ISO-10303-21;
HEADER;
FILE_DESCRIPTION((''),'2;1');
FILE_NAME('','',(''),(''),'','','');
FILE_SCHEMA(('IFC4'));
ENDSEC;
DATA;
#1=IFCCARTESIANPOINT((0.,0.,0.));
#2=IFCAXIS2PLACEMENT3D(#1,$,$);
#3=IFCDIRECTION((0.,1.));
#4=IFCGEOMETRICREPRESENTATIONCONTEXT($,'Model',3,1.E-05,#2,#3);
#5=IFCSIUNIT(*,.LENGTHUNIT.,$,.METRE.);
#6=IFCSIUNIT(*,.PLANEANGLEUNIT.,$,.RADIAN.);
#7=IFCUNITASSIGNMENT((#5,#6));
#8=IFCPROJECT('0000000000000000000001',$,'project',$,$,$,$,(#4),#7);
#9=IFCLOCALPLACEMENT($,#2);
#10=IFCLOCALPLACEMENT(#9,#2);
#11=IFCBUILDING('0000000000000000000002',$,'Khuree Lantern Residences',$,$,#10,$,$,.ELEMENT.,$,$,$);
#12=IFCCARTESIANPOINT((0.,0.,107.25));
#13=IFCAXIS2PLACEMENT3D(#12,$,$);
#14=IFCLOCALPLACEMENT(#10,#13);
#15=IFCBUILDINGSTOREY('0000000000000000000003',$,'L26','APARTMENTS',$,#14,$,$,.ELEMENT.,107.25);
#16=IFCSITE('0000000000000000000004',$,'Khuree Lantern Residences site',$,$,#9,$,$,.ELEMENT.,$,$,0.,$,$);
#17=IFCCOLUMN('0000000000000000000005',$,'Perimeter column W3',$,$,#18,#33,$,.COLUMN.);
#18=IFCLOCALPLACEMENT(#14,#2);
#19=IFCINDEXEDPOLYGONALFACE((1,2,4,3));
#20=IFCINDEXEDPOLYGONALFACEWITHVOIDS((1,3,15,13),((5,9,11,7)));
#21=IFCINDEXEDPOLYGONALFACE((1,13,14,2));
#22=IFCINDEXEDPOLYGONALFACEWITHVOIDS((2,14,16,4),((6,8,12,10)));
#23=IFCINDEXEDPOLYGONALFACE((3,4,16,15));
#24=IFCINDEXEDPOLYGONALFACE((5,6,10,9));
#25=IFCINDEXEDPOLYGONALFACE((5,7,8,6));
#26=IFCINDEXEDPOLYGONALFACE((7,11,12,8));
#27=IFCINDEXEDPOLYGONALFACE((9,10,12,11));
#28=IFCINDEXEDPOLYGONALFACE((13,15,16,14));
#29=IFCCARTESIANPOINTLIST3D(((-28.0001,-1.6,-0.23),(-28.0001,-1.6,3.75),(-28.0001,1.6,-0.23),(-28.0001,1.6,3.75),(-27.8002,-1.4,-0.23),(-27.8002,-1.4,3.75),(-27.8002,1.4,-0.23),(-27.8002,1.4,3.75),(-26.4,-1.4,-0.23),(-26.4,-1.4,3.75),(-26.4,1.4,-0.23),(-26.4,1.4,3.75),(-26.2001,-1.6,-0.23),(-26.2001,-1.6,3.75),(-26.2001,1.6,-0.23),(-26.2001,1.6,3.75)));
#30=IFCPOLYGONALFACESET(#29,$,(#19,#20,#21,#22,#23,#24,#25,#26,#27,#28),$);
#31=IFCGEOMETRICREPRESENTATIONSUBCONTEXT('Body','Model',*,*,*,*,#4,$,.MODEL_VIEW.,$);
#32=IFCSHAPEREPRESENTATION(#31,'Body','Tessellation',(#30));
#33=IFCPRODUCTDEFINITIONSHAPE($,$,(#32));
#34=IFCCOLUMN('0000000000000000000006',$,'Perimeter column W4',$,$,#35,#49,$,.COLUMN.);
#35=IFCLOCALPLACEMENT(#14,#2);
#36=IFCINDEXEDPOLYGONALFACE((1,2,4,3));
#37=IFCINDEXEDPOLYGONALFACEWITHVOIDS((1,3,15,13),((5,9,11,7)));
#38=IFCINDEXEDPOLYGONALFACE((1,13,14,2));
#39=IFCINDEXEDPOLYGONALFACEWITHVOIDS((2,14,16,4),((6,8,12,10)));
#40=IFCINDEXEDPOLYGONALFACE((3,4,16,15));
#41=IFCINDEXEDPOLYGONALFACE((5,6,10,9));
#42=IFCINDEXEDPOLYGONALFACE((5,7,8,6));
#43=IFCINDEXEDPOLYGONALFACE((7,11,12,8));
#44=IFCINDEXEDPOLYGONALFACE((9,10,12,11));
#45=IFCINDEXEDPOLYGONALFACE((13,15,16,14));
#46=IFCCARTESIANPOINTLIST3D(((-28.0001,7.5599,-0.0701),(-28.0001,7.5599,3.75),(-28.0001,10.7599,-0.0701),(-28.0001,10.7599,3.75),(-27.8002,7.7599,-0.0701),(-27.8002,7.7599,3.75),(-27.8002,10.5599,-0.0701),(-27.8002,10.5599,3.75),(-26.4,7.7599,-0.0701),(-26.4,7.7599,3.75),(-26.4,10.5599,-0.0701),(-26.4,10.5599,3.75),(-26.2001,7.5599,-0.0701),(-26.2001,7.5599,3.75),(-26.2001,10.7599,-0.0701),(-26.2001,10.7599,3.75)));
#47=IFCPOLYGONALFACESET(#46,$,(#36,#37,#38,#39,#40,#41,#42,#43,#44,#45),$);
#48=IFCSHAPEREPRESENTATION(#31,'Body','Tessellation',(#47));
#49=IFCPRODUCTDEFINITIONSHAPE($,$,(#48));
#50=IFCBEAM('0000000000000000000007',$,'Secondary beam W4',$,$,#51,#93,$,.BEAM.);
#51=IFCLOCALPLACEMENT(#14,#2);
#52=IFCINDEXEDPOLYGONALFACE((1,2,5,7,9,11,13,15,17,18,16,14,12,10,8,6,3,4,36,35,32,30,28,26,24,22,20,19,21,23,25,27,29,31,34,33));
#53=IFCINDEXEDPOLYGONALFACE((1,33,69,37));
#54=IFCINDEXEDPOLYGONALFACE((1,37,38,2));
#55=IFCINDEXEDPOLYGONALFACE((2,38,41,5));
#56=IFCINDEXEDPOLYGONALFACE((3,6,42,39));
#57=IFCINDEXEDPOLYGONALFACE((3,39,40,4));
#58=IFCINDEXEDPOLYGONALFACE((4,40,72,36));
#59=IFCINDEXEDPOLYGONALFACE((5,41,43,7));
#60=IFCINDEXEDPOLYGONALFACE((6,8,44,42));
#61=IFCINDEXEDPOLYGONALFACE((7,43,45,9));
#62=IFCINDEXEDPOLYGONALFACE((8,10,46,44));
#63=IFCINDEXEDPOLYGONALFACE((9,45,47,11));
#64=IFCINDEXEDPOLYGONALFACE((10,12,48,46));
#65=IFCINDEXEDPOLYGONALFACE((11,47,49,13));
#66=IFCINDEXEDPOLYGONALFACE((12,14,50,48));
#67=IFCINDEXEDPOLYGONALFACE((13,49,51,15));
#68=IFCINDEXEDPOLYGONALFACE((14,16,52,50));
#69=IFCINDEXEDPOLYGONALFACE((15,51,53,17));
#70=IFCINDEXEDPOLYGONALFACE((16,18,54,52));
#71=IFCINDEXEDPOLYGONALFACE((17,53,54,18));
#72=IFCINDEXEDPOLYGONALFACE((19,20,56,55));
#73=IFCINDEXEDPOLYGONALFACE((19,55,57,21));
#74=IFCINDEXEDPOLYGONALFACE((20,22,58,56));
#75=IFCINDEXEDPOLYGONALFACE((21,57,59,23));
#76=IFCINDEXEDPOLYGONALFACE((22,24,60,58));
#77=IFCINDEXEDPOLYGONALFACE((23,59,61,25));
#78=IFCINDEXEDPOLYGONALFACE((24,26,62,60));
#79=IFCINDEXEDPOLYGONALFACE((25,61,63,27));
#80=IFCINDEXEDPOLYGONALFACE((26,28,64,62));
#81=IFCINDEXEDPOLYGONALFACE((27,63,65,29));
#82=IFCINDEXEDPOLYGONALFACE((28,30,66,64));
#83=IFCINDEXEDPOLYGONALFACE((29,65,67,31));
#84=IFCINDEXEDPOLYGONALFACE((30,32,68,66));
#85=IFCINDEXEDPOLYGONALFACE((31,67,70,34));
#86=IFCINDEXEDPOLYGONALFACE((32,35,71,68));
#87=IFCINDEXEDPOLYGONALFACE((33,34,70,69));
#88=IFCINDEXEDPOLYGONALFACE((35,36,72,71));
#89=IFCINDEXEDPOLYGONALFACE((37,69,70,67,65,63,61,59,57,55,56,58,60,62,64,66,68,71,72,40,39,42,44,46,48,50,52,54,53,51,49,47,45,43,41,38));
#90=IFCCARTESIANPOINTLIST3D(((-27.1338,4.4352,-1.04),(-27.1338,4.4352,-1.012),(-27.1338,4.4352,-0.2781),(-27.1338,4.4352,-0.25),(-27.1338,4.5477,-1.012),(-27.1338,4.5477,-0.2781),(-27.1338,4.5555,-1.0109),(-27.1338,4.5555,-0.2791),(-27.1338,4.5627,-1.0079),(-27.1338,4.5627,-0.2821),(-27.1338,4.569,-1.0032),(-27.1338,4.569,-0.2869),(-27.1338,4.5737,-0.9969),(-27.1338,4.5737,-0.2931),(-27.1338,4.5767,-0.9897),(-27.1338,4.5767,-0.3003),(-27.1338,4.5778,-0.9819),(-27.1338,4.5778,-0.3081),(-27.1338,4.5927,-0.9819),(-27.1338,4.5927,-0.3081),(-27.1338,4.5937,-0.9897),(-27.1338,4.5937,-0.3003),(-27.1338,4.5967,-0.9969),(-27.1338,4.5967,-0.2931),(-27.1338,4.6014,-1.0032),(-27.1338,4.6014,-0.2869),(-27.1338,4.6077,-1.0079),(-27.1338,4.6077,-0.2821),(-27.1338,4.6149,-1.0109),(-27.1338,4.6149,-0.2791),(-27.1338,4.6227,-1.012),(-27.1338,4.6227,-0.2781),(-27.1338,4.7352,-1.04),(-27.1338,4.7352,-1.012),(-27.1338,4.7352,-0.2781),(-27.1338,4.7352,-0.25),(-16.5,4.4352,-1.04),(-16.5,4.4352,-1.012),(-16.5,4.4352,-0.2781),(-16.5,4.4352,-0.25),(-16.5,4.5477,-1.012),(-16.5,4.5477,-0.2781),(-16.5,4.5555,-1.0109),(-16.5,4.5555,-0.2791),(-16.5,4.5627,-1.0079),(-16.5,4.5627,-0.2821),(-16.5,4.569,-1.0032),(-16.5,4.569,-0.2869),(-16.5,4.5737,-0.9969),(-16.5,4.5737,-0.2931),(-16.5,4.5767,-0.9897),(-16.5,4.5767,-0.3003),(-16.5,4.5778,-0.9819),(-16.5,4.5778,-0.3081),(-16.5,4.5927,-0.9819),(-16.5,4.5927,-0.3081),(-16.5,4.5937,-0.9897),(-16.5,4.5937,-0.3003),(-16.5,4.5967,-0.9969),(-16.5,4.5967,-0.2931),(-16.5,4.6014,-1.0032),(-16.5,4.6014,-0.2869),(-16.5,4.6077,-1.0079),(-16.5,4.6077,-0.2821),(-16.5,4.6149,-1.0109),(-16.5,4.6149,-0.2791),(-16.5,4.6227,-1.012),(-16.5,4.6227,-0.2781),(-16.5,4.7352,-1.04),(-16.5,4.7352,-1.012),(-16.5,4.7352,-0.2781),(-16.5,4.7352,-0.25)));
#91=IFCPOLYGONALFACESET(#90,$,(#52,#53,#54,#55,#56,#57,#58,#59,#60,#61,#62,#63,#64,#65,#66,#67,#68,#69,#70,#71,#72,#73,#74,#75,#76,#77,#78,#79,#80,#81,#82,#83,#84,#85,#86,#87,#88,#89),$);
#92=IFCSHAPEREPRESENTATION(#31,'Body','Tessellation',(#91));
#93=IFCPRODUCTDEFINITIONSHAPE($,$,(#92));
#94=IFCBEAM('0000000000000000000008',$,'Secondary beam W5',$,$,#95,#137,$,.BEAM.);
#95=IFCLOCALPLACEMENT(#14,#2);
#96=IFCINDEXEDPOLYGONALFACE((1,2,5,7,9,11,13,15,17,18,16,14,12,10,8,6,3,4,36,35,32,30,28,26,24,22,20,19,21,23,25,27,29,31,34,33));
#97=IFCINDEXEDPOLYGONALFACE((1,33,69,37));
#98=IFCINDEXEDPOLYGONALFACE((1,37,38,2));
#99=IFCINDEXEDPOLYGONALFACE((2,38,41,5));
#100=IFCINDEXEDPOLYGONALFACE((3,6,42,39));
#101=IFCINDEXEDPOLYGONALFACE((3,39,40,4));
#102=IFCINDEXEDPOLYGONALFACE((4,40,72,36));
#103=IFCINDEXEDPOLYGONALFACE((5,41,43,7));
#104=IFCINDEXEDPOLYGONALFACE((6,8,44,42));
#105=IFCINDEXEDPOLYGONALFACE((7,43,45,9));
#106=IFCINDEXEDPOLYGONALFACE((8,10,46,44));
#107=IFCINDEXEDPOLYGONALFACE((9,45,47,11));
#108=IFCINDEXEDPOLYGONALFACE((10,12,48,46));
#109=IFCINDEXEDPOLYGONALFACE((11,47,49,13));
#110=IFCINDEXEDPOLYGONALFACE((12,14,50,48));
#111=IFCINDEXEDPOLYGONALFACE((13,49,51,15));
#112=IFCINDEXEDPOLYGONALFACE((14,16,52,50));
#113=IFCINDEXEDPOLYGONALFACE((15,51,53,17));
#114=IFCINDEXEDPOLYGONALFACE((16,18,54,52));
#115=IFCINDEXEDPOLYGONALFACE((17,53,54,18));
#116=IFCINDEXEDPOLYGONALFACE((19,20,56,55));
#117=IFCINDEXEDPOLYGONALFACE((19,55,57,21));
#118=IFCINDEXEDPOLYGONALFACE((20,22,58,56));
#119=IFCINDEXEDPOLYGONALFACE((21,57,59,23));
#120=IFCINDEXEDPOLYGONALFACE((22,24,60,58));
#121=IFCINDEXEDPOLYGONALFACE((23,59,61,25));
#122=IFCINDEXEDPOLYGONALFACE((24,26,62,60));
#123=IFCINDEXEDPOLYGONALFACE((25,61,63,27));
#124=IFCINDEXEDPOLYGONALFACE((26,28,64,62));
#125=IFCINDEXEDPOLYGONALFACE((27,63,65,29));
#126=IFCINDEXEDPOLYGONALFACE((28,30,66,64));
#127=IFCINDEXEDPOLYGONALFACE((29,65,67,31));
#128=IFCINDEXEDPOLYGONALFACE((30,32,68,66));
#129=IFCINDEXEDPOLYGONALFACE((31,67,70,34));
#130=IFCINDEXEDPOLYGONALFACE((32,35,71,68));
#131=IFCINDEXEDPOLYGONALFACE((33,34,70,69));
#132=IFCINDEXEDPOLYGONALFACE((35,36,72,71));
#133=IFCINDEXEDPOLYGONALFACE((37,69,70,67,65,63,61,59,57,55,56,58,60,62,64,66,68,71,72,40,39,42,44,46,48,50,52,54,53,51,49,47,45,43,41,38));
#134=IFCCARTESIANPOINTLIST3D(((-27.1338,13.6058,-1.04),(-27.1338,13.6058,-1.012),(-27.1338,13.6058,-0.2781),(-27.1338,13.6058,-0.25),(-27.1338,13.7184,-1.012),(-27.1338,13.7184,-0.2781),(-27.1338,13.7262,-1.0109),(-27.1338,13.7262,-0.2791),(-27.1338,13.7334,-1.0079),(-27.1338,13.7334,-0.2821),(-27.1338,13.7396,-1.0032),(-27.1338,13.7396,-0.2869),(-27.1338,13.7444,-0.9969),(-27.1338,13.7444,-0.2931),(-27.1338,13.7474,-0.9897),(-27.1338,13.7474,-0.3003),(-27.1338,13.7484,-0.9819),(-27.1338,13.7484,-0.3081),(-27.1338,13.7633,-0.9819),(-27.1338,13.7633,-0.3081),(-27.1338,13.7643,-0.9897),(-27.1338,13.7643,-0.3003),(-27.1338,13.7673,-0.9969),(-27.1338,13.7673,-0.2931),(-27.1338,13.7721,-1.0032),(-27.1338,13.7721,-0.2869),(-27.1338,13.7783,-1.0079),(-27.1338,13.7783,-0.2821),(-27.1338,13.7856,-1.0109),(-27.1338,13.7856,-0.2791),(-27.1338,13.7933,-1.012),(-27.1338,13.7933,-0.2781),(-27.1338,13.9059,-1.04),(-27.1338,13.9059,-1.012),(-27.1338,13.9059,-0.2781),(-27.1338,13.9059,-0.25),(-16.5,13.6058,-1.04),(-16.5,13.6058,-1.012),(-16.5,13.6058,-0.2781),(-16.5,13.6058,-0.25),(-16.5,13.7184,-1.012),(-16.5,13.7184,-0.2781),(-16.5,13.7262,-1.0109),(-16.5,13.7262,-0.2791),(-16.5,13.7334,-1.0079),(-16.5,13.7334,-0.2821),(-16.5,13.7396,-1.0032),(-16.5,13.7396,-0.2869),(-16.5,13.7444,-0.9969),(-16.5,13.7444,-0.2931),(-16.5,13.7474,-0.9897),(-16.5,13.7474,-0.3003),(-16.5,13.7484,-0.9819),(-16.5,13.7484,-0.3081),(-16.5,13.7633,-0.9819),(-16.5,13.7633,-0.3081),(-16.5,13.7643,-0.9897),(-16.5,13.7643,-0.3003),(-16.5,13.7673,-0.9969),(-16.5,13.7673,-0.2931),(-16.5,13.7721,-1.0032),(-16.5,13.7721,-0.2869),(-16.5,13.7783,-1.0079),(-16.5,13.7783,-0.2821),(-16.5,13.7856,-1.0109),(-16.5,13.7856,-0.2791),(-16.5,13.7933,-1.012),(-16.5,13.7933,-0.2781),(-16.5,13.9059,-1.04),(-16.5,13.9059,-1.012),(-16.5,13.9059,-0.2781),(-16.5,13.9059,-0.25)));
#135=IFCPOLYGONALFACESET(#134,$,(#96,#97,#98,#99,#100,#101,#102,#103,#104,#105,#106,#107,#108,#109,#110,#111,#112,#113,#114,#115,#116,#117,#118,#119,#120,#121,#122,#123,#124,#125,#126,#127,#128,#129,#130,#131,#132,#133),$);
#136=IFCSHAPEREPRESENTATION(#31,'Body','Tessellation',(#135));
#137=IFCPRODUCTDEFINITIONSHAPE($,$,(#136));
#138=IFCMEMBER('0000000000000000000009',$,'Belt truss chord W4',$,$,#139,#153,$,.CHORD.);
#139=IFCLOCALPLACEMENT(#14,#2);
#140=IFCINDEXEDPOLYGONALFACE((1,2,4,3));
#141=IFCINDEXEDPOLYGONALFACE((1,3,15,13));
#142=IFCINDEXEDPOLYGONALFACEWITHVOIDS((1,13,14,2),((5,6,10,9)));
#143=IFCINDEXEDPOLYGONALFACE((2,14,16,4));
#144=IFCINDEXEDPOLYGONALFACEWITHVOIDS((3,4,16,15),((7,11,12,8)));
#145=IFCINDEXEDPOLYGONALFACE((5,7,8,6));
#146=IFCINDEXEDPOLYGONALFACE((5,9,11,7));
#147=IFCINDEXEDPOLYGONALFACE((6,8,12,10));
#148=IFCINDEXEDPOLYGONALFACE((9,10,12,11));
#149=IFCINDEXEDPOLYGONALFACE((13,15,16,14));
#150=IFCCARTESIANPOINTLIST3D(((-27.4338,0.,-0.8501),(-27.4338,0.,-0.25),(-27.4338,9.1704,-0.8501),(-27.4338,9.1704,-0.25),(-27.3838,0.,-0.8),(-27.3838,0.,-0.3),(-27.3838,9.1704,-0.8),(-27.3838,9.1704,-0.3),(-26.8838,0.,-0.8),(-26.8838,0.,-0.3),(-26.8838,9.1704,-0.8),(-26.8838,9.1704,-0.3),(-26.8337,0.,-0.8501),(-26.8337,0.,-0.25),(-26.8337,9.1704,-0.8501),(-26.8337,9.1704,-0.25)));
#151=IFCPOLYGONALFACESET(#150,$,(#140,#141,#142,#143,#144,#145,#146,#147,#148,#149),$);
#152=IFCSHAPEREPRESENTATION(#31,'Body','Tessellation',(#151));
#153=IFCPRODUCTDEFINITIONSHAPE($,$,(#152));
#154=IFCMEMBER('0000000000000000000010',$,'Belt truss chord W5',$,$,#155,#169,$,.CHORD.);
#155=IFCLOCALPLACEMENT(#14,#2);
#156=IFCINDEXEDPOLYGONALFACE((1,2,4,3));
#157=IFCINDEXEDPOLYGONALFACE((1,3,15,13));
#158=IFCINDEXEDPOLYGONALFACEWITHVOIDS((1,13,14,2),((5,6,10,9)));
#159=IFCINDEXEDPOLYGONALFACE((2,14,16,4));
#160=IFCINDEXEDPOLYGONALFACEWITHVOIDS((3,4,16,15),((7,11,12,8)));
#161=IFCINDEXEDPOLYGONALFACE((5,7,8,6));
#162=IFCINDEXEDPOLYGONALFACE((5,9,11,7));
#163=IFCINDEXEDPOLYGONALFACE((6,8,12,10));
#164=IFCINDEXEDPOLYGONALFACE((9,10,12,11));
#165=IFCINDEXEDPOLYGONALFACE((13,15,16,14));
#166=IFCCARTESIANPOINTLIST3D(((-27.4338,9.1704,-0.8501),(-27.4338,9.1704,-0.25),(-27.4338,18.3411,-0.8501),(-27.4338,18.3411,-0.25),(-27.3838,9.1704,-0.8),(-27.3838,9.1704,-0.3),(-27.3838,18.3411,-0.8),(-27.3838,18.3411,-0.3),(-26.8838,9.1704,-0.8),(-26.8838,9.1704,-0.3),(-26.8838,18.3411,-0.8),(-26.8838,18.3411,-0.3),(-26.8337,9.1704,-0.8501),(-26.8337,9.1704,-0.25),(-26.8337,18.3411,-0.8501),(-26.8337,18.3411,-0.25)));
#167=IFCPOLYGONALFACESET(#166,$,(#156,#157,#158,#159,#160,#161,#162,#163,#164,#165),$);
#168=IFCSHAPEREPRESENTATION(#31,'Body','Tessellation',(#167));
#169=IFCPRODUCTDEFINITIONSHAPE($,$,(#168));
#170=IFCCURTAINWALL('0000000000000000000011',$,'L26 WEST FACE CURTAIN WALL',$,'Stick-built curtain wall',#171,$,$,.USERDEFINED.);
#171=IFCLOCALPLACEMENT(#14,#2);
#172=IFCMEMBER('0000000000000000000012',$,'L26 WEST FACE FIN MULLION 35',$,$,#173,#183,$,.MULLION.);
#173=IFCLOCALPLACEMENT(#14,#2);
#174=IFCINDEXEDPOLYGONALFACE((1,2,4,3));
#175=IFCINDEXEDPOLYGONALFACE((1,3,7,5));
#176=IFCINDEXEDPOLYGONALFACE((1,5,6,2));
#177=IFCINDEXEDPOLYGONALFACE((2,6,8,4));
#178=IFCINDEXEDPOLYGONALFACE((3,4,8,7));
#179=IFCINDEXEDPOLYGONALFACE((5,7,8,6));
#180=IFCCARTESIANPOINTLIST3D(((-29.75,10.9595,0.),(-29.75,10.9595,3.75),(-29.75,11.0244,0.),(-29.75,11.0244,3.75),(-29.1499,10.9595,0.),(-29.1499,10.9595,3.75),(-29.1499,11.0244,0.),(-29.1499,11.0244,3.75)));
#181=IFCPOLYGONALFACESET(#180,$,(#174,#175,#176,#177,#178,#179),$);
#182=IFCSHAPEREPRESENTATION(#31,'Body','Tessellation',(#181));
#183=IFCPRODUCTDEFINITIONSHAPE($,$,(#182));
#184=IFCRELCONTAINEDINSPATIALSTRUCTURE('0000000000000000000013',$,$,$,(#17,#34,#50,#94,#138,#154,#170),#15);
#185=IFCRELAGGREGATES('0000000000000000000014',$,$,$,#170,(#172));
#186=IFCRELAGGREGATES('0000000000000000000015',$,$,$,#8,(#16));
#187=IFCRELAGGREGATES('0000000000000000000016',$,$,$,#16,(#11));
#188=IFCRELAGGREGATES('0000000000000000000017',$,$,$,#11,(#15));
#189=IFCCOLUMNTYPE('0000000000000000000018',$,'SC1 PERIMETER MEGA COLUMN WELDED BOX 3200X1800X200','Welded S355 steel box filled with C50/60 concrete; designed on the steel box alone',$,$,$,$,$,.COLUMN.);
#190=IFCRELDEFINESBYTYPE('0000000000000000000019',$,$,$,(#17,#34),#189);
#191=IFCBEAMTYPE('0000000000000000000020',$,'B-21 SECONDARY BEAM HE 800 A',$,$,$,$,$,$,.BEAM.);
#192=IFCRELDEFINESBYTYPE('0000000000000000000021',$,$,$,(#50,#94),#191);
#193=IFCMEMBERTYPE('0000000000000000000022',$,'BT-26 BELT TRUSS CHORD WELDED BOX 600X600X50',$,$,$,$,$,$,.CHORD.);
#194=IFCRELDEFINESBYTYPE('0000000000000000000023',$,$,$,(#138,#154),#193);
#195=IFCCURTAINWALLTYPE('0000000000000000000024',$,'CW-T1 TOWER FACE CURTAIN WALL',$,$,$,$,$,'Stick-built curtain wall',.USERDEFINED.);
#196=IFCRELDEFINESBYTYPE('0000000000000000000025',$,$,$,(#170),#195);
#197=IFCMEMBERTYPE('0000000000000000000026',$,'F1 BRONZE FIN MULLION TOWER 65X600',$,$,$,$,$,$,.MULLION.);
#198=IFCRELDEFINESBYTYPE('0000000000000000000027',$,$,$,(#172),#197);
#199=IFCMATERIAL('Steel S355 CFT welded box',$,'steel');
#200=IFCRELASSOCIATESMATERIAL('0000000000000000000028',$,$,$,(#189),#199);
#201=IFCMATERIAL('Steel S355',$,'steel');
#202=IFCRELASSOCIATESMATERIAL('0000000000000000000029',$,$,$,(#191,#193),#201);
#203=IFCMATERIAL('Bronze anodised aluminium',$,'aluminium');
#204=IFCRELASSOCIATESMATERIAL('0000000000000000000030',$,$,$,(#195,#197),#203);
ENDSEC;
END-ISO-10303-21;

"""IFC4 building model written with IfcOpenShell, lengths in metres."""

from ifc_helpers import new_model, si_unit, direction, frame, origin, origin_2d, place, context, subcontext, project, spatial, rectangle, hollow_rectangle, i_section, extrude, material, material_profile, profile_set, type_object, element, aggregate, save


model = new_model("IFC4")

# Units and contexts
model_context = context("Model", 3, precision=1e-05, world=origin(), true_north=direction((0.0, 1.0)))
body_context = subcontext(model_context, "Body", "Model", "MODEL_VIEW")
ifc_project = project(units=[si_unit("LENGTHUNIT", "METRE"), si_unit("PLANEANGLEUNIT", "RADIAN")], contexts=[model_context])

# Site, building, storey
site_placement = place(None, origin())
site = spatial("IfcSite", under=ifc_project, at=site_placement, Name="Khuree Lantern Residences site", CompositionType="ELEMENT", RefElevation=0.0)
building_placement = place(site_placement, origin())
building = spatial("IfcBuilding", under=site, at=building_placement, Name="Khuree Lantern Residences", CompositionType="ELEMENT")
storey_placement = place(building_placement, frame((0.0, 0.0, 107.25)))
storey = spatial("IfcBuildingStorey", under=building, at=storey_placement, Name="L26", Description="APARTMENTS", CompositionType="ELEMENT", Elevation=107.25)

# Columns
ifc_material_1 = material(Name="Steel S355 CFT welded box", Category="steel")
ifc_material_profile_1 = material_profile(ifc_material_1, hollow_rectangle(XDim=3.2, YDim=1.8, WallThickness=0.2, at=origin_2d()), Name="WELDED BOX 3200X1800X200")
ifc_profile_set_1 = profile_set([ifc_material_profile_1], Name="Steel S355 CFT welded box")
column_type = type_object("IfcColumnType", Name="SC1 PERIMETER MEGA COLUMN WELDED BOX 3200X1800X200", Description="Welded S355 steel box filled with C50/60 concrete; designed on the steel box alone", PredefinedType="COLUMN", material=ifc_profile_set_1)
column_1_placement = place(storey_placement, frame((-27.1001, 0.0, -0.23), z_axis=(0.0, 0.0, 1.0), x_axis=(0.0, 1.0, 0.0)))
element("IfcColumn", 1, at=column_1_placement, inside=storey, type_object=column_type, Name="Perimeter column W3", PredefinedType="COLUMN", context=body_context, shape_type="SweptSolid", body=[
    extrude(hollow_rectangle(XDim=3.2, YDim=1.8, WallThickness=0.2, at=origin_2d()), origin(), (0.0, 0.0, 1.0), 3.98),
])
column_2_placement = place(storey_placement, frame((-27.1001, 9.1599, -0.0701), z_axis=(0.0, 0.0, 1.0), x_axis=(0.0, 1.0, 0.0)))
element("IfcColumn", 2, at=column_2_placement, inside=storey, type_object=column_type, Name="Perimeter column W4", PredefinedType="COLUMN", context=body_context, shape_type="SweptSolid", body=[
    extrude(hollow_rectangle(XDim=3.2, YDim=1.8, WallThickness=0.2, at=origin_2d()), origin(), (0.0, 0.0, 1.0), 3.8201),
])

# Beams
ifc_material_2 = material(Name="Steel S355", Category="steel")
ifc_material_profile_2 = material_profile(ifc_material_2, i_section(OverallWidth=0.3, OverallDepth=0.79, WebThickness=0.0149, FlangeThickness=0.0281, FilletRadius=0.03, at=origin_2d()), Name="HE 800 A")
ifc_profile_set_2 = profile_set([ifc_material_profile_2], Name="Steel S355")
beam_type_1 = type_object("IfcBeamType", Name="B-21 SECONDARY BEAM HE 800 A", PredefinedType="BEAM", material=ifc_profile_set_2)
for number, where, z_axis, x_axis, name in (
    (3, (-27.1338, 4.5852, -0.645), (1.0, 0.0, 0.0), (0.0, 1.0, 0.0), "Secondary beam W4"),
    (4, (-27.1338, 13.7559, -0.645), (1.0, 0.0, 0.0), (0.0, 1.0, 0.0), "Secondary beam W5"),
):
    element("IfcBeam", number, at=place(storey_placement, frame(where, z_axis=z_axis, x_axis=x_axis)), inside=storey, type_object=beam_type_1, Name=name, PredefinedType="BEAM", context=body_context, shape_type="SweptSolid", body=[
        extrude(i_section(OverallWidth=0.3, OverallDepth=0.79, WebThickness=0.0149, FlangeThickness=0.0281, FilletRadius=0.03, at=origin_2d()), origin(), (0.0, 0.0, 1.0), 10.6338),
    ])

# Members
ifc_material_profile_3 = material_profile(ifc_material_2, hollow_rectangle(XDim=0.6001, YDim=0.6001, WallThickness=0.05, at=origin_2d()), Name="WELDED BOX 600X600X50")
ifc_profile_set_3 = profile_set([ifc_material_profile_3], Name="Steel S355")
member_type_1 = type_object("IfcMemberType", Name="BT-26 BELT TRUSS CHORD WELDED BOX 600X600X50", PredefinedType="CHORD", material=ifc_profile_set_3)
member_1_placement = place(storey_placement, frame((-27.1338, 0.0, -0.55), z_axis=(0.0, 1.0, 0.0), x_axis=(-1.0, 0.0, 0.0)))
element("IfcMember", 5, at=member_1_placement, inside=storey, type_object=member_type_1, Name="Belt truss chord W4", PredefinedType="CHORD", context=body_context, shape_type="SweptSolid", body=[
    extrude(hollow_rectangle(XDim=0.6001, YDim=0.6001, WallThickness=0.05, at=origin_2d()), origin(), (0.0, 0.0, 1.0), 9.1704),
])
member_2_placement = place(storey_placement, frame((-27.1338, 9.1704, -0.55), z_axis=(0.0, 1.0, 0.0), x_axis=(-1.0, 0.0, 0.0)))
element("IfcMember", 6, at=member_2_placement, inside=storey, type_object=member_type_1, Name="Belt truss chord W5", PredefinedType="CHORD", context=body_context, shape_type="SweptSolid", body=[
    extrude(hollow_rectangle(XDim=0.6001, YDim=0.6001, WallThickness=0.05, at=origin_2d()), origin(), (0.0, 0.0, 1.0), 9.1707),
])

# Curtain wall, member
ifc_material_3 = material(Name="Bronze anodised aluminium", Category="aluminium")
curtain_wall_type = type_object("IfcCurtainWallType", Name="CW-T1 TOWER FACE CURTAIN WALL", ElementType="Stick-built curtain wall", PredefinedType="USERDEFINED", material=ifc_material_3)
curtain_wall_placement = place(storey_placement, origin())
curtain_wall = element("IfcCurtainWall", 7, at=curtain_wall_placement, inside=storey, type_object=curtain_wall_type, Name="L26 WEST FACE CURTAIN WALL", ObjectType="Stick-built curtain wall", PredefinedType="USERDEFINED")
ifc_material_profile_4 = material_profile(ifc_material_3, rectangle(XDim=0.0649, YDim=0.6001, at=origin_2d()), Name="F1 65X600")
ifc_profile_set_4 = profile_set([ifc_material_profile_4], Name="Bronze anodised aluminium")
member_type_2 = type_object("IfcMemberType", Name="F1 BRONZE FIN MULLION TOWER 65X600", PredefinedType="MULLION", material=ifc_profile_set_4)
member_3_placement = place(storey_placement, frame((-29.45, 10.9919, 0.0), z_axis=(0.0, 0.0, 1.0), x_axis=(0.0, -1.0, 0.0)))
member_3 = element("IfcMember", 8, at=member_3_placement, type_object=member_type_2, Name="L26 WEST FACE FIN MULLION 35", PredefinedType="MULLION", context=body_context, shape_type="SweptSolid", body=[
    extrude(rectangle(XDim=0.0649, YDim=0.6001, at=origin_2d()), origin(), (0.0, 0.0, 1.0), 3.75),
])

aggregate(curtain_wall, [member_3])

save(model, "model.ifc")
